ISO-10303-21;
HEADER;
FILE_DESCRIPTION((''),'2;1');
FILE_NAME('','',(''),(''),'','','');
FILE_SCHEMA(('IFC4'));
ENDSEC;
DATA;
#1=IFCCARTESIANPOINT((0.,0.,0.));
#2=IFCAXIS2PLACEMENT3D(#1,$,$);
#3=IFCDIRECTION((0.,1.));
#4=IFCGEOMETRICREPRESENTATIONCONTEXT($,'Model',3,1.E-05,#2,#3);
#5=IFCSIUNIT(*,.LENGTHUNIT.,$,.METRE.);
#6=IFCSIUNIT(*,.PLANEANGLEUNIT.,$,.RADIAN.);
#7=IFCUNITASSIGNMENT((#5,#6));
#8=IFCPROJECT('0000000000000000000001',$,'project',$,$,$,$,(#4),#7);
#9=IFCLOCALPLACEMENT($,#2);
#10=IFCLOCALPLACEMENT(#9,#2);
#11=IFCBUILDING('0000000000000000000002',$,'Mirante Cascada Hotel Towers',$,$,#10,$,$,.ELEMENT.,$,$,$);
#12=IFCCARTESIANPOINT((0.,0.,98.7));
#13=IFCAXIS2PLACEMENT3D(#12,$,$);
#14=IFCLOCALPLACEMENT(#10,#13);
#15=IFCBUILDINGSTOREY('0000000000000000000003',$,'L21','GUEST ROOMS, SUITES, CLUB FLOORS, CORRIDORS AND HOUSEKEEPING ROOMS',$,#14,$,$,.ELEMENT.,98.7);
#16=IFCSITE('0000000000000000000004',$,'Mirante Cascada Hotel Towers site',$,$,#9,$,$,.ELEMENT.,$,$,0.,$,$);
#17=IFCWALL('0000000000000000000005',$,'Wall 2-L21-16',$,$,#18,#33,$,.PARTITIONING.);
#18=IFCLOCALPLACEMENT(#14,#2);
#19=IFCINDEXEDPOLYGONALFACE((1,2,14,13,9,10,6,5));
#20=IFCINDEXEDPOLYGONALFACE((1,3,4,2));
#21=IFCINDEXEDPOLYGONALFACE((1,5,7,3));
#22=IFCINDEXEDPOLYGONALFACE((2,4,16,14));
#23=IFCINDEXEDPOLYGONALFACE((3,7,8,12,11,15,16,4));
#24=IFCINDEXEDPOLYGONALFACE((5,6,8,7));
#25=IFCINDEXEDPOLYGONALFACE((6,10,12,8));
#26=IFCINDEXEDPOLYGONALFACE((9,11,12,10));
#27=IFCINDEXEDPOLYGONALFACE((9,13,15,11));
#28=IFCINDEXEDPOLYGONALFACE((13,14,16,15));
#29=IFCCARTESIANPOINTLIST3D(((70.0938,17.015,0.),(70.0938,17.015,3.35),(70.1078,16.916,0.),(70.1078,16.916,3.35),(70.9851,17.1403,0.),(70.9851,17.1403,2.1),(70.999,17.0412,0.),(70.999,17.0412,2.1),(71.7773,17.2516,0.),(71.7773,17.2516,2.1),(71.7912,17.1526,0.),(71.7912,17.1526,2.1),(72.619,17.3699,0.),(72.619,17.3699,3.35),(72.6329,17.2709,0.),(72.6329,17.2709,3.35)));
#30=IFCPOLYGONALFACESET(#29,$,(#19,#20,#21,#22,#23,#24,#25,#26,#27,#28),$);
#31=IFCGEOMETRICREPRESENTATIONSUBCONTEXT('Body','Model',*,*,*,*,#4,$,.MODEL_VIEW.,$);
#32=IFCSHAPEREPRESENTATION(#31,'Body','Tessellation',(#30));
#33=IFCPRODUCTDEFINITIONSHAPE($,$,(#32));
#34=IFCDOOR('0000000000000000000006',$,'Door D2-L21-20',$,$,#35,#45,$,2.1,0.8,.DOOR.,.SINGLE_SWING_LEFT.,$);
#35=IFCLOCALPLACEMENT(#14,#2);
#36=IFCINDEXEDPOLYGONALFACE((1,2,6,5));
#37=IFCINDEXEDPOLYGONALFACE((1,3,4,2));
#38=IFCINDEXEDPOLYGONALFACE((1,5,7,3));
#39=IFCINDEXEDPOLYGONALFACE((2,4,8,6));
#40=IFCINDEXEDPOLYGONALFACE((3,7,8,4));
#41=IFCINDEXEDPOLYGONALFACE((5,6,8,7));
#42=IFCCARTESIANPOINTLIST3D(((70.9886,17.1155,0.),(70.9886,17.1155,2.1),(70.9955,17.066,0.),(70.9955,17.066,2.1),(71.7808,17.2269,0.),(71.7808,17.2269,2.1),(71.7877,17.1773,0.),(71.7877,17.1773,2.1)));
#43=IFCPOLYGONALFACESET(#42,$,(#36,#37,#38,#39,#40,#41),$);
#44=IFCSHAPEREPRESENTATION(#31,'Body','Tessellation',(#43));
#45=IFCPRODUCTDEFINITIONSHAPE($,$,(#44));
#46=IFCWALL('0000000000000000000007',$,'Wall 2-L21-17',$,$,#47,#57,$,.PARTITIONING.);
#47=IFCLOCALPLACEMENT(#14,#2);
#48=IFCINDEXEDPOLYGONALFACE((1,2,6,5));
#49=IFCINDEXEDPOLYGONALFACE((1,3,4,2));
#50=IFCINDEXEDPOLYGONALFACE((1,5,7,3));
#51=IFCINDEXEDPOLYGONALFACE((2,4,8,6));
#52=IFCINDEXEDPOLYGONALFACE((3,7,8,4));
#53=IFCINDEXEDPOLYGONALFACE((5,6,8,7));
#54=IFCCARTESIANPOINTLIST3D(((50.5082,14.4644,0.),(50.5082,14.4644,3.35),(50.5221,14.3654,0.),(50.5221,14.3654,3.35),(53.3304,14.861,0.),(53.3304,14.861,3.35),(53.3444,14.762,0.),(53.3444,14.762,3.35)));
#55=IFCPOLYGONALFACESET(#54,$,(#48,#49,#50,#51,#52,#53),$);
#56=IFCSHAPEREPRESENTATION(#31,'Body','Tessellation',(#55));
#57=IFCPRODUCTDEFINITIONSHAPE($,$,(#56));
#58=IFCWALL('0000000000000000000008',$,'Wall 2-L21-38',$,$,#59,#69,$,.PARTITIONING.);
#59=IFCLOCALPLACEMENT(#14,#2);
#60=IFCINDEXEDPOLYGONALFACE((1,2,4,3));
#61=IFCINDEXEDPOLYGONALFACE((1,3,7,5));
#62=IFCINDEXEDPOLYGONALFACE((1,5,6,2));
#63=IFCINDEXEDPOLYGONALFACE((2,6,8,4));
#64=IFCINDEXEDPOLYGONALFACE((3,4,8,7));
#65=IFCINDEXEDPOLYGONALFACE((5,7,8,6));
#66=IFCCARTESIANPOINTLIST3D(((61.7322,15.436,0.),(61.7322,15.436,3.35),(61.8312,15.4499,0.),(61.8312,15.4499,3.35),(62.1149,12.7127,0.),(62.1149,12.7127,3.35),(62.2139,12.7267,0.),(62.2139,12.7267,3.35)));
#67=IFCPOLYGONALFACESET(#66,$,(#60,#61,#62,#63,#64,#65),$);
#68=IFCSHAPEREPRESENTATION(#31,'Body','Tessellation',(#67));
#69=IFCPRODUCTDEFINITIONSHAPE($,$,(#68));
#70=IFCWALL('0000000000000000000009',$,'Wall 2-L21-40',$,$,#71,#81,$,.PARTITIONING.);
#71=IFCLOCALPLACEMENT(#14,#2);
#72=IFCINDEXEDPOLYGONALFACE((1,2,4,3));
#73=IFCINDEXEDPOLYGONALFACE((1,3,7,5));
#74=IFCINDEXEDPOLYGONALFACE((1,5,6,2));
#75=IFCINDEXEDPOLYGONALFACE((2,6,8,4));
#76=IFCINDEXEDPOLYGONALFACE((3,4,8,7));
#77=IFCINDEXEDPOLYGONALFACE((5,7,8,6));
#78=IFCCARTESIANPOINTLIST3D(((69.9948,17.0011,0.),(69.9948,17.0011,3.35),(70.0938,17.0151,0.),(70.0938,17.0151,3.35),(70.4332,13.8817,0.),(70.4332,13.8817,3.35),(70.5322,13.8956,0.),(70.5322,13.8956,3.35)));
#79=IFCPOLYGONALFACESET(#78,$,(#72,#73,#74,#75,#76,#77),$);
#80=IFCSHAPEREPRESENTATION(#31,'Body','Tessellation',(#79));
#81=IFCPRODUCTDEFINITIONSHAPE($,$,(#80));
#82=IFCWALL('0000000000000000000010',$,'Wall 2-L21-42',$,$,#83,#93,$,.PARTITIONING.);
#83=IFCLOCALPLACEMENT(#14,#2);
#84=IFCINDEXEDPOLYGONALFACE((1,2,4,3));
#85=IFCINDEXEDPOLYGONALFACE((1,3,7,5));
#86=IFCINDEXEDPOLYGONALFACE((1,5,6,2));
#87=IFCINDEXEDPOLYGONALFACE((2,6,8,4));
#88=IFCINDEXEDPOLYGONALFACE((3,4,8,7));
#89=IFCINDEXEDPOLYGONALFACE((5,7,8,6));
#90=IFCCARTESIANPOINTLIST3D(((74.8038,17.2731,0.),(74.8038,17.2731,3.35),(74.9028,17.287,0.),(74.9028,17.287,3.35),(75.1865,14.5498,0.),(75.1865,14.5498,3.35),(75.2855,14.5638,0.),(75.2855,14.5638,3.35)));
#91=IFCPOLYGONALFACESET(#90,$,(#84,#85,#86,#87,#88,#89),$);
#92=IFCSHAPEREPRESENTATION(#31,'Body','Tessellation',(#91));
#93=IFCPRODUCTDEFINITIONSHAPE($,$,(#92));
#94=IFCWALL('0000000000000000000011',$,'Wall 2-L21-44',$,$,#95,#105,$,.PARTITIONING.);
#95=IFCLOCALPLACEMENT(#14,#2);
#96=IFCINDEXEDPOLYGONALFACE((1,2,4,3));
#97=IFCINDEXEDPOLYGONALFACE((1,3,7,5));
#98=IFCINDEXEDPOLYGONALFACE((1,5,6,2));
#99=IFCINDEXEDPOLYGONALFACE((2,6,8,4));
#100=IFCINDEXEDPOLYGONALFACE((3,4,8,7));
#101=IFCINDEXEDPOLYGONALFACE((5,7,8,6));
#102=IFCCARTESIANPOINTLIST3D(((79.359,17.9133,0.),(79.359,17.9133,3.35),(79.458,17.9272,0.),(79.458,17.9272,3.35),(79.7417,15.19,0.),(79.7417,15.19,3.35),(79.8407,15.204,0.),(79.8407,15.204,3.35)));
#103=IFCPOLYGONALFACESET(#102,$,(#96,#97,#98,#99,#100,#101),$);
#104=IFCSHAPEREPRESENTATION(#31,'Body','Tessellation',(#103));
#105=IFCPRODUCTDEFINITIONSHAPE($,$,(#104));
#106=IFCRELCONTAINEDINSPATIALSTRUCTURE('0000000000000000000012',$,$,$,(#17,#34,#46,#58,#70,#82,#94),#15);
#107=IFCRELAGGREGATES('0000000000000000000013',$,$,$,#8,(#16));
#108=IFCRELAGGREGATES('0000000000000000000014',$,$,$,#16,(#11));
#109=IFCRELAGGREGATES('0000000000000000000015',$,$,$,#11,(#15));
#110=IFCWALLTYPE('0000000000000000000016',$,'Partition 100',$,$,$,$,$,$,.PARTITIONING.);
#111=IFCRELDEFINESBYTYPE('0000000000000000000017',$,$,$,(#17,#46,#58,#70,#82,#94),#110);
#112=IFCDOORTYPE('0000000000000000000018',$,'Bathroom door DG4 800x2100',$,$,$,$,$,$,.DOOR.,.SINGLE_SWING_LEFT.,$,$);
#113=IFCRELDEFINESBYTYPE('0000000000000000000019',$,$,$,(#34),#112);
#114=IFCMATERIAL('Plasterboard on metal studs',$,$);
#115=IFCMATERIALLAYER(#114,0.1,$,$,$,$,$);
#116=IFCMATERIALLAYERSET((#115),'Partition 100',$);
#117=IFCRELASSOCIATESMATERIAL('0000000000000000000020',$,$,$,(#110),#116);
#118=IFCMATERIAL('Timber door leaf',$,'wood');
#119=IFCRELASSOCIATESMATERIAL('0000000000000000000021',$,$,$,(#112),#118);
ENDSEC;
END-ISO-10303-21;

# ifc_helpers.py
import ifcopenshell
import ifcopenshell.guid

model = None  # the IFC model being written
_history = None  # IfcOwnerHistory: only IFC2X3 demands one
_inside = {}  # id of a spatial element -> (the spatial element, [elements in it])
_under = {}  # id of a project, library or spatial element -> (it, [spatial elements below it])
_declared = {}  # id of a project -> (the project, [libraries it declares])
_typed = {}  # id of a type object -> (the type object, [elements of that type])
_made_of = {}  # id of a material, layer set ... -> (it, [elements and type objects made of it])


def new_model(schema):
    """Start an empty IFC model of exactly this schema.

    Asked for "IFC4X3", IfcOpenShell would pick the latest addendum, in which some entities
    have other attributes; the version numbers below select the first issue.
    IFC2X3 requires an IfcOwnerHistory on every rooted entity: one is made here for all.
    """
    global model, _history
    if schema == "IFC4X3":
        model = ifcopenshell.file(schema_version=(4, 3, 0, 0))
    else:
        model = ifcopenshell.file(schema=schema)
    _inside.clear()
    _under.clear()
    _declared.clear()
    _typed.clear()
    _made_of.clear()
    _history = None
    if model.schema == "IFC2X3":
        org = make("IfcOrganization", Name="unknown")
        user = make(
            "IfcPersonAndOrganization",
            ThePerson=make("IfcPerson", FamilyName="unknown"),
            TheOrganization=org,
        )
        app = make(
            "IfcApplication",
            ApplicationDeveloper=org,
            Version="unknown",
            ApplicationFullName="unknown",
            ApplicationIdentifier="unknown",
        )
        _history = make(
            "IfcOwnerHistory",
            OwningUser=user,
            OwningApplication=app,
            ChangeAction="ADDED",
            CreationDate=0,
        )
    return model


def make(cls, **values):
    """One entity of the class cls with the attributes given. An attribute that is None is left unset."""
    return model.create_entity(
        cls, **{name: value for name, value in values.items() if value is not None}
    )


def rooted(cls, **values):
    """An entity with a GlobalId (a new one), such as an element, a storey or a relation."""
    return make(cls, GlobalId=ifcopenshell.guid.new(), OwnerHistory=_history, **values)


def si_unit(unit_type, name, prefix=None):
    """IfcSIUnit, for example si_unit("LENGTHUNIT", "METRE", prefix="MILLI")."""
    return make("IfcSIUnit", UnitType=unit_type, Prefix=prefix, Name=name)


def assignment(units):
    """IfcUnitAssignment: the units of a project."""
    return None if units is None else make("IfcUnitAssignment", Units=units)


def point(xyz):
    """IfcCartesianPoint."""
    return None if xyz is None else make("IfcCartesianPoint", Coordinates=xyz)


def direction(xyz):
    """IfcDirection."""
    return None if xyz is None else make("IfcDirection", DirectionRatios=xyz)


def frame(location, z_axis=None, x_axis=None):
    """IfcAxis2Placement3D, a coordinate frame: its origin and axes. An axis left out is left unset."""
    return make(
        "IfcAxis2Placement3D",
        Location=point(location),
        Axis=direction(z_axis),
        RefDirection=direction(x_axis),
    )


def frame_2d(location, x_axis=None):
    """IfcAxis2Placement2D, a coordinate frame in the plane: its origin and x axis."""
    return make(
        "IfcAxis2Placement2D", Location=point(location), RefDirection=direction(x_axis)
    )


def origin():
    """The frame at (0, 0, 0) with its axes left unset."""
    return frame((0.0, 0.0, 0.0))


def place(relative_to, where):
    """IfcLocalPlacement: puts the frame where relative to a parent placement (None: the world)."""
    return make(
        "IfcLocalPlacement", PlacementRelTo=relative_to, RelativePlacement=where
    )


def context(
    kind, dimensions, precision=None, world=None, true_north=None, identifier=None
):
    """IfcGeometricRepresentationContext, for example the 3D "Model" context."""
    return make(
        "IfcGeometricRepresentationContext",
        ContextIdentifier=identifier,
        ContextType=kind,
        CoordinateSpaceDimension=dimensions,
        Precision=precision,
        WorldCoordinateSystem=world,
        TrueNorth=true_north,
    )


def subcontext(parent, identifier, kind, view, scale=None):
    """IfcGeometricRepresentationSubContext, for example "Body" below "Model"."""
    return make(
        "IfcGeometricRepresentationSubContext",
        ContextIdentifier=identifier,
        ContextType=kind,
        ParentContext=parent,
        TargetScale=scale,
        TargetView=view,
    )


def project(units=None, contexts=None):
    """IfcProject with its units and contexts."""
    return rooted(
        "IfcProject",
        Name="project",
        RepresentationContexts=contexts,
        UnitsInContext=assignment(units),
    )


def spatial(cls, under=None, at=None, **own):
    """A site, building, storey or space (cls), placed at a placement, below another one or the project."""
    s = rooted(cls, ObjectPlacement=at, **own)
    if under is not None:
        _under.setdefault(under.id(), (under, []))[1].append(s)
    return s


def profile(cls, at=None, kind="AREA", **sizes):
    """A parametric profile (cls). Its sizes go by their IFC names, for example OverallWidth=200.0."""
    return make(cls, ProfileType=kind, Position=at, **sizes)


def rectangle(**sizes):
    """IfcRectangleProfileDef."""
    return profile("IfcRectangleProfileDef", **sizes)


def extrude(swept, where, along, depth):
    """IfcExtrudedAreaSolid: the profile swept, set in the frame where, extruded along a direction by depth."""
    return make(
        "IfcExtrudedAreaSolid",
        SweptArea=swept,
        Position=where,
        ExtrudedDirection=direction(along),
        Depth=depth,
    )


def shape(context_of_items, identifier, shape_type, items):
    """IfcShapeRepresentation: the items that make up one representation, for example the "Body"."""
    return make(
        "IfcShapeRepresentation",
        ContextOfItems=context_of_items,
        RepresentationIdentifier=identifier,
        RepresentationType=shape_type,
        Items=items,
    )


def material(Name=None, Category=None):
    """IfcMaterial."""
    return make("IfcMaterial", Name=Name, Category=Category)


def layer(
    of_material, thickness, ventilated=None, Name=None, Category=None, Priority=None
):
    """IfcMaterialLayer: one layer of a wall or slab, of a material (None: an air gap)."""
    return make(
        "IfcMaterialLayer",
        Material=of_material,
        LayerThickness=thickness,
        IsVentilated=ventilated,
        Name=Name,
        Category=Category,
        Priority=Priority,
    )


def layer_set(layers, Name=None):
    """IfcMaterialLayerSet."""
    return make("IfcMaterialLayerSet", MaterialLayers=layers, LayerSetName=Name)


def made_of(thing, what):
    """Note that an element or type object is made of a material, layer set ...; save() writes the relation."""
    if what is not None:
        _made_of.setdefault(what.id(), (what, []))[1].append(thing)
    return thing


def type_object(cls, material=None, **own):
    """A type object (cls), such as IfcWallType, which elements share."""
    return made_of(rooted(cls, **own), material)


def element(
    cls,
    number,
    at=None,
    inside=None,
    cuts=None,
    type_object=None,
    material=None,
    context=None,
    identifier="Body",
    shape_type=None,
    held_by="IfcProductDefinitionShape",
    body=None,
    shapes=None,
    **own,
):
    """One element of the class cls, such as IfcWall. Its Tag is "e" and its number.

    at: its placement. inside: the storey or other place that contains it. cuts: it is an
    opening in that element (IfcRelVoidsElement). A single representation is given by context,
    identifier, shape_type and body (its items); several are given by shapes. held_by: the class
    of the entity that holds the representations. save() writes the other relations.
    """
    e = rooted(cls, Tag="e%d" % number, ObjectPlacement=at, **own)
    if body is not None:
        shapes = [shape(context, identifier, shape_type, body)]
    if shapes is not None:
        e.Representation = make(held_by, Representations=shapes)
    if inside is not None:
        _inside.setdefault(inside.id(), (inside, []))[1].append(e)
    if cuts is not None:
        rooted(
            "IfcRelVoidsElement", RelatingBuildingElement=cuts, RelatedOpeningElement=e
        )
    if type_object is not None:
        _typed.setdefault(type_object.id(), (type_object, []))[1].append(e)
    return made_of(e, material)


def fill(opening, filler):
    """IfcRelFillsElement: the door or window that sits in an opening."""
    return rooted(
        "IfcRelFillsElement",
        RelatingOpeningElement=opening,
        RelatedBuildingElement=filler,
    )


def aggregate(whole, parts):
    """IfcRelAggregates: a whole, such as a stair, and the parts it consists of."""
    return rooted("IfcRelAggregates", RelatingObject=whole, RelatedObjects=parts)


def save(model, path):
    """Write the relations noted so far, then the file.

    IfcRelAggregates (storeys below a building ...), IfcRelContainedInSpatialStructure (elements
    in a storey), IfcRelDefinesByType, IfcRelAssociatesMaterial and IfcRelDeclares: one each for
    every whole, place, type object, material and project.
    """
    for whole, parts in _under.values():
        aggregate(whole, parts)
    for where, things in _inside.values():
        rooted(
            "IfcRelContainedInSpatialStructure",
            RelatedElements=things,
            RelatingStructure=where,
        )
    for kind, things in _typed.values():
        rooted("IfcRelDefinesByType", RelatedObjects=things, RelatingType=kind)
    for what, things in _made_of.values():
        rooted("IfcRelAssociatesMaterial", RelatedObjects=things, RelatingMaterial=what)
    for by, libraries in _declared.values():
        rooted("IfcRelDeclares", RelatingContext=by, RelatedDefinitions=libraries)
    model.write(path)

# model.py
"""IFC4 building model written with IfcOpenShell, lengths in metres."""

from ifc_helpers import new_model, si_unit, direction, frame, frame_2d, origin, place, context, subcontext, project, spatial, rectangle, extrude, material, layer, layer_set, type_object, element, fill, save


model = new_model("IFC4")

# Units and contexts
model_context = context("Model", 3, precision=1e-05, world=origin(), true_north=direction((0.0, 1.0)))
body_context = subcontext(model_context, "Body", "Model", "MODEL_VIEW")
ifc_project = project(units=[si_unit("LENGTHUNIT", "METRE"), si_unit("PLANEANGLEUNIT", "RADIAN")], contexts=[model_context])

# Site, building, storey
site_placement = place(None, origin())
site = spatial("IfcSite", under=ifc_project, at=site_placement, Name="Mirante Cascada Hotel Towers site", CompositionType="ELEMENT", RefElevation=0.0)
building_placement = place(site_placement, origin())
building = spatial("IfcBuilding", under=site, at=building_placement, Name="Mirante Cascada Hotel Towers", CompositionType="ELEMENT")
storey_placement = place(building_placement, frame((0.0, 0.0, 98.7)))
storey = spatial("IfcBuildingStorey", under=building, at=storey_placement, Name="L21", Description="GUEST ROOMS, SUITES, CLUB FLOORS, CORRIDORS AND HOUSEKEEPING ROOMS", CompositionType="ELEMENT", Elevation=98.7)

# Shared definitions
ifc_material_1 = material(Name="Plasterboard on metal studs")
ifc_layer_1 = layer(ifc_material_1, 0.1)
ifc_layer_set_1 = layer_set([ifc_layer_1], Name="Partition 100")
wall_type_1 = type_object("IfcWallType", Name="Partition 100", PredefinedType="PARTITIONING", material=ifc_layer_set_1)
ifc_material_2 = material(Name="Timber door leaf", Category="wood")
door_type = type_object("IfcDoorType", Name="Bathroom door DG4 800x2100", OperationType="SINGLE_SWING_LEFT", PredefinedType="DOOR", material=ifc_material_2)

# Wall, opening, door
wall_1_placement = place(storey_placement, frame((70.1008, 16.9655, 0.0), z_axis=(0.0, 0.0, 1.0), x_axis=(0.990268, 0.139176, 0.0)))
wall_1 = element("IfcWall", 1, at=wall_1_placement, inside=storey, type_object=wall_type_1, Name="Wall 2-L21-16", PredefinedType="PARTITIONING", context=body_context, shape_type="SweptSolid", body=[
    extrude(rectangle(XDim=2.55, YDim=0.1, at=frame_2d((1.275, 0.0))), origin(), (0.0, 0.0, 1.0), 3.35),
])
opening_1_placement = place(wall_1_placement, frame((0.9, 0.0, 0.0)))
opening_1 = element("IfcOpeningElement", 2, at=opening_1_placement, cuts=wall_1, PredefinedType="OPENING", context=body_context, shape_type="SweptSolid", body=[
    extrude(rectangle(XDim=0.8, YDim=2.1, at=frame_2d((0.4, 1.05))), frame((0.0, 0.05, 0.0), z_axis=(0.0, -1.0, 0.0), x_axis=(1.0, 0.0, 0.0)), (0.0, 0.0, 1.0), 0.1),
])
door_1_placement = place(opening_1_placement, origin())
door_1 = element("IfcDoor", 3, at=door_1_placement, inside=storey, type_object=door_type, Name="Door D2-L21-20", OperationType="SINGLE_SWING_LEFT", OverallHeight=2.1, OverallWidth=0.8, PredefinedType="DOOR", context=body_context, shape_type="SweptSolid", body=[
    extrude(rectangle(XDim=0.8, YDim=2.1, at=frame_2d((0.4, 1.05))), frame((0.0, 0.025, 0.0), z_axis=(0.0, -1.0, 0.0), x_axis=(1.0, 0.0, 0.0)), (0.0, 0.0, 1.0), 0.05),
])
fill(opening_1, door_1)

# Walls
wall_2_placement = place(storey_placement, frame((53.3374, 14.8115, 0.0), z_axis=(0.0, 0.0, 1.0), x_axis=(-0.99027, -0.139156, 0.0)))
element("IfcWall", 4, at=wall_2_placement, inside=storey, type_object=wall_type_1, Name="Wall 2-L21-17", PredefinedType="PARTITIONING", context=body_context, shape_type="SweptSolid", body=[
    extrude(rectangle(XDim=2.85, YDim=0.1, at=frame_2d((1.425, 0.0))), origin(), (0.0, 0.0, 1.0), 3.35),
])
wall_3_placement = place(storey_placement, frame((62.1644, 12.7197, 0.0), z_axis=(0.0, 0.0, 1.0), x_axis=(-0.139166, 0.990269, 0.0)))
element("IfcWall", 5, at=wall_3_placement, inside=storey, type_object=wall_type_1, Name="Wall 2-L21-38", PredefinedType="PARTITIONING", context=body_context, shape_type="SweptSolid", body=[
    extrude(rectangle(XDim=2.75, YDim=0.1, at=frame_2d((1.375, 0.0))), origin(), (0.0, 0.0, 1.0), 3.35),
])
wall_4_placement = place(storey_placement, frame((70.4827, 13.8887, 0.0), z_axis=(0.0, 0.0, 1.0), x_axis=(-0.139172, 0.990268, 0.0)))
element("IfcWall", 6, at=wall_4_placement, inside=storey, type_object=wall_type_1, Name="Wall 2-L21-40", PredefinedType="PARTITIONING", context=body_context, shape_type="SweptSolid", body=[
    extrude(rectangle(XDim=3.1501, YDim=0.1, at=frame_2d((1.575, 0.0))), origin(), (0.0, 0.0, 1.0), 3.35),
])
for number, where, z_axis, x_axis, name in (
    (7, (75.236, 14.5568, 0.0), (0.0, 0.0, 1.0), (-0.139166, 0.990269, 0.0), "Wall 2-L21-42"),
    (8, (79.7912, 15.197, 0.0), (0.0, 0.0, 1.0), (-0.139166, 0.990269, 0.0), "Wall 2-L21-44"),
):
    element("IfcWall", number, at=place(storey_placement, frame(where, z_axis=z_axis, x_axis=x_axis)), inside=storey, type_object=wall_type_1, Name=name, PredefinedType="PARTITIONING", context=body_context, shape_type="SweptSolid", body=[
        extrude(rectangle(XDim=2.75, YDim=0.1, at=frame_2d((1.375, 0.0))), origin(), (0.0, 0.0, 1.0), 3.35),
    ])

save(model, "model.ifc")
